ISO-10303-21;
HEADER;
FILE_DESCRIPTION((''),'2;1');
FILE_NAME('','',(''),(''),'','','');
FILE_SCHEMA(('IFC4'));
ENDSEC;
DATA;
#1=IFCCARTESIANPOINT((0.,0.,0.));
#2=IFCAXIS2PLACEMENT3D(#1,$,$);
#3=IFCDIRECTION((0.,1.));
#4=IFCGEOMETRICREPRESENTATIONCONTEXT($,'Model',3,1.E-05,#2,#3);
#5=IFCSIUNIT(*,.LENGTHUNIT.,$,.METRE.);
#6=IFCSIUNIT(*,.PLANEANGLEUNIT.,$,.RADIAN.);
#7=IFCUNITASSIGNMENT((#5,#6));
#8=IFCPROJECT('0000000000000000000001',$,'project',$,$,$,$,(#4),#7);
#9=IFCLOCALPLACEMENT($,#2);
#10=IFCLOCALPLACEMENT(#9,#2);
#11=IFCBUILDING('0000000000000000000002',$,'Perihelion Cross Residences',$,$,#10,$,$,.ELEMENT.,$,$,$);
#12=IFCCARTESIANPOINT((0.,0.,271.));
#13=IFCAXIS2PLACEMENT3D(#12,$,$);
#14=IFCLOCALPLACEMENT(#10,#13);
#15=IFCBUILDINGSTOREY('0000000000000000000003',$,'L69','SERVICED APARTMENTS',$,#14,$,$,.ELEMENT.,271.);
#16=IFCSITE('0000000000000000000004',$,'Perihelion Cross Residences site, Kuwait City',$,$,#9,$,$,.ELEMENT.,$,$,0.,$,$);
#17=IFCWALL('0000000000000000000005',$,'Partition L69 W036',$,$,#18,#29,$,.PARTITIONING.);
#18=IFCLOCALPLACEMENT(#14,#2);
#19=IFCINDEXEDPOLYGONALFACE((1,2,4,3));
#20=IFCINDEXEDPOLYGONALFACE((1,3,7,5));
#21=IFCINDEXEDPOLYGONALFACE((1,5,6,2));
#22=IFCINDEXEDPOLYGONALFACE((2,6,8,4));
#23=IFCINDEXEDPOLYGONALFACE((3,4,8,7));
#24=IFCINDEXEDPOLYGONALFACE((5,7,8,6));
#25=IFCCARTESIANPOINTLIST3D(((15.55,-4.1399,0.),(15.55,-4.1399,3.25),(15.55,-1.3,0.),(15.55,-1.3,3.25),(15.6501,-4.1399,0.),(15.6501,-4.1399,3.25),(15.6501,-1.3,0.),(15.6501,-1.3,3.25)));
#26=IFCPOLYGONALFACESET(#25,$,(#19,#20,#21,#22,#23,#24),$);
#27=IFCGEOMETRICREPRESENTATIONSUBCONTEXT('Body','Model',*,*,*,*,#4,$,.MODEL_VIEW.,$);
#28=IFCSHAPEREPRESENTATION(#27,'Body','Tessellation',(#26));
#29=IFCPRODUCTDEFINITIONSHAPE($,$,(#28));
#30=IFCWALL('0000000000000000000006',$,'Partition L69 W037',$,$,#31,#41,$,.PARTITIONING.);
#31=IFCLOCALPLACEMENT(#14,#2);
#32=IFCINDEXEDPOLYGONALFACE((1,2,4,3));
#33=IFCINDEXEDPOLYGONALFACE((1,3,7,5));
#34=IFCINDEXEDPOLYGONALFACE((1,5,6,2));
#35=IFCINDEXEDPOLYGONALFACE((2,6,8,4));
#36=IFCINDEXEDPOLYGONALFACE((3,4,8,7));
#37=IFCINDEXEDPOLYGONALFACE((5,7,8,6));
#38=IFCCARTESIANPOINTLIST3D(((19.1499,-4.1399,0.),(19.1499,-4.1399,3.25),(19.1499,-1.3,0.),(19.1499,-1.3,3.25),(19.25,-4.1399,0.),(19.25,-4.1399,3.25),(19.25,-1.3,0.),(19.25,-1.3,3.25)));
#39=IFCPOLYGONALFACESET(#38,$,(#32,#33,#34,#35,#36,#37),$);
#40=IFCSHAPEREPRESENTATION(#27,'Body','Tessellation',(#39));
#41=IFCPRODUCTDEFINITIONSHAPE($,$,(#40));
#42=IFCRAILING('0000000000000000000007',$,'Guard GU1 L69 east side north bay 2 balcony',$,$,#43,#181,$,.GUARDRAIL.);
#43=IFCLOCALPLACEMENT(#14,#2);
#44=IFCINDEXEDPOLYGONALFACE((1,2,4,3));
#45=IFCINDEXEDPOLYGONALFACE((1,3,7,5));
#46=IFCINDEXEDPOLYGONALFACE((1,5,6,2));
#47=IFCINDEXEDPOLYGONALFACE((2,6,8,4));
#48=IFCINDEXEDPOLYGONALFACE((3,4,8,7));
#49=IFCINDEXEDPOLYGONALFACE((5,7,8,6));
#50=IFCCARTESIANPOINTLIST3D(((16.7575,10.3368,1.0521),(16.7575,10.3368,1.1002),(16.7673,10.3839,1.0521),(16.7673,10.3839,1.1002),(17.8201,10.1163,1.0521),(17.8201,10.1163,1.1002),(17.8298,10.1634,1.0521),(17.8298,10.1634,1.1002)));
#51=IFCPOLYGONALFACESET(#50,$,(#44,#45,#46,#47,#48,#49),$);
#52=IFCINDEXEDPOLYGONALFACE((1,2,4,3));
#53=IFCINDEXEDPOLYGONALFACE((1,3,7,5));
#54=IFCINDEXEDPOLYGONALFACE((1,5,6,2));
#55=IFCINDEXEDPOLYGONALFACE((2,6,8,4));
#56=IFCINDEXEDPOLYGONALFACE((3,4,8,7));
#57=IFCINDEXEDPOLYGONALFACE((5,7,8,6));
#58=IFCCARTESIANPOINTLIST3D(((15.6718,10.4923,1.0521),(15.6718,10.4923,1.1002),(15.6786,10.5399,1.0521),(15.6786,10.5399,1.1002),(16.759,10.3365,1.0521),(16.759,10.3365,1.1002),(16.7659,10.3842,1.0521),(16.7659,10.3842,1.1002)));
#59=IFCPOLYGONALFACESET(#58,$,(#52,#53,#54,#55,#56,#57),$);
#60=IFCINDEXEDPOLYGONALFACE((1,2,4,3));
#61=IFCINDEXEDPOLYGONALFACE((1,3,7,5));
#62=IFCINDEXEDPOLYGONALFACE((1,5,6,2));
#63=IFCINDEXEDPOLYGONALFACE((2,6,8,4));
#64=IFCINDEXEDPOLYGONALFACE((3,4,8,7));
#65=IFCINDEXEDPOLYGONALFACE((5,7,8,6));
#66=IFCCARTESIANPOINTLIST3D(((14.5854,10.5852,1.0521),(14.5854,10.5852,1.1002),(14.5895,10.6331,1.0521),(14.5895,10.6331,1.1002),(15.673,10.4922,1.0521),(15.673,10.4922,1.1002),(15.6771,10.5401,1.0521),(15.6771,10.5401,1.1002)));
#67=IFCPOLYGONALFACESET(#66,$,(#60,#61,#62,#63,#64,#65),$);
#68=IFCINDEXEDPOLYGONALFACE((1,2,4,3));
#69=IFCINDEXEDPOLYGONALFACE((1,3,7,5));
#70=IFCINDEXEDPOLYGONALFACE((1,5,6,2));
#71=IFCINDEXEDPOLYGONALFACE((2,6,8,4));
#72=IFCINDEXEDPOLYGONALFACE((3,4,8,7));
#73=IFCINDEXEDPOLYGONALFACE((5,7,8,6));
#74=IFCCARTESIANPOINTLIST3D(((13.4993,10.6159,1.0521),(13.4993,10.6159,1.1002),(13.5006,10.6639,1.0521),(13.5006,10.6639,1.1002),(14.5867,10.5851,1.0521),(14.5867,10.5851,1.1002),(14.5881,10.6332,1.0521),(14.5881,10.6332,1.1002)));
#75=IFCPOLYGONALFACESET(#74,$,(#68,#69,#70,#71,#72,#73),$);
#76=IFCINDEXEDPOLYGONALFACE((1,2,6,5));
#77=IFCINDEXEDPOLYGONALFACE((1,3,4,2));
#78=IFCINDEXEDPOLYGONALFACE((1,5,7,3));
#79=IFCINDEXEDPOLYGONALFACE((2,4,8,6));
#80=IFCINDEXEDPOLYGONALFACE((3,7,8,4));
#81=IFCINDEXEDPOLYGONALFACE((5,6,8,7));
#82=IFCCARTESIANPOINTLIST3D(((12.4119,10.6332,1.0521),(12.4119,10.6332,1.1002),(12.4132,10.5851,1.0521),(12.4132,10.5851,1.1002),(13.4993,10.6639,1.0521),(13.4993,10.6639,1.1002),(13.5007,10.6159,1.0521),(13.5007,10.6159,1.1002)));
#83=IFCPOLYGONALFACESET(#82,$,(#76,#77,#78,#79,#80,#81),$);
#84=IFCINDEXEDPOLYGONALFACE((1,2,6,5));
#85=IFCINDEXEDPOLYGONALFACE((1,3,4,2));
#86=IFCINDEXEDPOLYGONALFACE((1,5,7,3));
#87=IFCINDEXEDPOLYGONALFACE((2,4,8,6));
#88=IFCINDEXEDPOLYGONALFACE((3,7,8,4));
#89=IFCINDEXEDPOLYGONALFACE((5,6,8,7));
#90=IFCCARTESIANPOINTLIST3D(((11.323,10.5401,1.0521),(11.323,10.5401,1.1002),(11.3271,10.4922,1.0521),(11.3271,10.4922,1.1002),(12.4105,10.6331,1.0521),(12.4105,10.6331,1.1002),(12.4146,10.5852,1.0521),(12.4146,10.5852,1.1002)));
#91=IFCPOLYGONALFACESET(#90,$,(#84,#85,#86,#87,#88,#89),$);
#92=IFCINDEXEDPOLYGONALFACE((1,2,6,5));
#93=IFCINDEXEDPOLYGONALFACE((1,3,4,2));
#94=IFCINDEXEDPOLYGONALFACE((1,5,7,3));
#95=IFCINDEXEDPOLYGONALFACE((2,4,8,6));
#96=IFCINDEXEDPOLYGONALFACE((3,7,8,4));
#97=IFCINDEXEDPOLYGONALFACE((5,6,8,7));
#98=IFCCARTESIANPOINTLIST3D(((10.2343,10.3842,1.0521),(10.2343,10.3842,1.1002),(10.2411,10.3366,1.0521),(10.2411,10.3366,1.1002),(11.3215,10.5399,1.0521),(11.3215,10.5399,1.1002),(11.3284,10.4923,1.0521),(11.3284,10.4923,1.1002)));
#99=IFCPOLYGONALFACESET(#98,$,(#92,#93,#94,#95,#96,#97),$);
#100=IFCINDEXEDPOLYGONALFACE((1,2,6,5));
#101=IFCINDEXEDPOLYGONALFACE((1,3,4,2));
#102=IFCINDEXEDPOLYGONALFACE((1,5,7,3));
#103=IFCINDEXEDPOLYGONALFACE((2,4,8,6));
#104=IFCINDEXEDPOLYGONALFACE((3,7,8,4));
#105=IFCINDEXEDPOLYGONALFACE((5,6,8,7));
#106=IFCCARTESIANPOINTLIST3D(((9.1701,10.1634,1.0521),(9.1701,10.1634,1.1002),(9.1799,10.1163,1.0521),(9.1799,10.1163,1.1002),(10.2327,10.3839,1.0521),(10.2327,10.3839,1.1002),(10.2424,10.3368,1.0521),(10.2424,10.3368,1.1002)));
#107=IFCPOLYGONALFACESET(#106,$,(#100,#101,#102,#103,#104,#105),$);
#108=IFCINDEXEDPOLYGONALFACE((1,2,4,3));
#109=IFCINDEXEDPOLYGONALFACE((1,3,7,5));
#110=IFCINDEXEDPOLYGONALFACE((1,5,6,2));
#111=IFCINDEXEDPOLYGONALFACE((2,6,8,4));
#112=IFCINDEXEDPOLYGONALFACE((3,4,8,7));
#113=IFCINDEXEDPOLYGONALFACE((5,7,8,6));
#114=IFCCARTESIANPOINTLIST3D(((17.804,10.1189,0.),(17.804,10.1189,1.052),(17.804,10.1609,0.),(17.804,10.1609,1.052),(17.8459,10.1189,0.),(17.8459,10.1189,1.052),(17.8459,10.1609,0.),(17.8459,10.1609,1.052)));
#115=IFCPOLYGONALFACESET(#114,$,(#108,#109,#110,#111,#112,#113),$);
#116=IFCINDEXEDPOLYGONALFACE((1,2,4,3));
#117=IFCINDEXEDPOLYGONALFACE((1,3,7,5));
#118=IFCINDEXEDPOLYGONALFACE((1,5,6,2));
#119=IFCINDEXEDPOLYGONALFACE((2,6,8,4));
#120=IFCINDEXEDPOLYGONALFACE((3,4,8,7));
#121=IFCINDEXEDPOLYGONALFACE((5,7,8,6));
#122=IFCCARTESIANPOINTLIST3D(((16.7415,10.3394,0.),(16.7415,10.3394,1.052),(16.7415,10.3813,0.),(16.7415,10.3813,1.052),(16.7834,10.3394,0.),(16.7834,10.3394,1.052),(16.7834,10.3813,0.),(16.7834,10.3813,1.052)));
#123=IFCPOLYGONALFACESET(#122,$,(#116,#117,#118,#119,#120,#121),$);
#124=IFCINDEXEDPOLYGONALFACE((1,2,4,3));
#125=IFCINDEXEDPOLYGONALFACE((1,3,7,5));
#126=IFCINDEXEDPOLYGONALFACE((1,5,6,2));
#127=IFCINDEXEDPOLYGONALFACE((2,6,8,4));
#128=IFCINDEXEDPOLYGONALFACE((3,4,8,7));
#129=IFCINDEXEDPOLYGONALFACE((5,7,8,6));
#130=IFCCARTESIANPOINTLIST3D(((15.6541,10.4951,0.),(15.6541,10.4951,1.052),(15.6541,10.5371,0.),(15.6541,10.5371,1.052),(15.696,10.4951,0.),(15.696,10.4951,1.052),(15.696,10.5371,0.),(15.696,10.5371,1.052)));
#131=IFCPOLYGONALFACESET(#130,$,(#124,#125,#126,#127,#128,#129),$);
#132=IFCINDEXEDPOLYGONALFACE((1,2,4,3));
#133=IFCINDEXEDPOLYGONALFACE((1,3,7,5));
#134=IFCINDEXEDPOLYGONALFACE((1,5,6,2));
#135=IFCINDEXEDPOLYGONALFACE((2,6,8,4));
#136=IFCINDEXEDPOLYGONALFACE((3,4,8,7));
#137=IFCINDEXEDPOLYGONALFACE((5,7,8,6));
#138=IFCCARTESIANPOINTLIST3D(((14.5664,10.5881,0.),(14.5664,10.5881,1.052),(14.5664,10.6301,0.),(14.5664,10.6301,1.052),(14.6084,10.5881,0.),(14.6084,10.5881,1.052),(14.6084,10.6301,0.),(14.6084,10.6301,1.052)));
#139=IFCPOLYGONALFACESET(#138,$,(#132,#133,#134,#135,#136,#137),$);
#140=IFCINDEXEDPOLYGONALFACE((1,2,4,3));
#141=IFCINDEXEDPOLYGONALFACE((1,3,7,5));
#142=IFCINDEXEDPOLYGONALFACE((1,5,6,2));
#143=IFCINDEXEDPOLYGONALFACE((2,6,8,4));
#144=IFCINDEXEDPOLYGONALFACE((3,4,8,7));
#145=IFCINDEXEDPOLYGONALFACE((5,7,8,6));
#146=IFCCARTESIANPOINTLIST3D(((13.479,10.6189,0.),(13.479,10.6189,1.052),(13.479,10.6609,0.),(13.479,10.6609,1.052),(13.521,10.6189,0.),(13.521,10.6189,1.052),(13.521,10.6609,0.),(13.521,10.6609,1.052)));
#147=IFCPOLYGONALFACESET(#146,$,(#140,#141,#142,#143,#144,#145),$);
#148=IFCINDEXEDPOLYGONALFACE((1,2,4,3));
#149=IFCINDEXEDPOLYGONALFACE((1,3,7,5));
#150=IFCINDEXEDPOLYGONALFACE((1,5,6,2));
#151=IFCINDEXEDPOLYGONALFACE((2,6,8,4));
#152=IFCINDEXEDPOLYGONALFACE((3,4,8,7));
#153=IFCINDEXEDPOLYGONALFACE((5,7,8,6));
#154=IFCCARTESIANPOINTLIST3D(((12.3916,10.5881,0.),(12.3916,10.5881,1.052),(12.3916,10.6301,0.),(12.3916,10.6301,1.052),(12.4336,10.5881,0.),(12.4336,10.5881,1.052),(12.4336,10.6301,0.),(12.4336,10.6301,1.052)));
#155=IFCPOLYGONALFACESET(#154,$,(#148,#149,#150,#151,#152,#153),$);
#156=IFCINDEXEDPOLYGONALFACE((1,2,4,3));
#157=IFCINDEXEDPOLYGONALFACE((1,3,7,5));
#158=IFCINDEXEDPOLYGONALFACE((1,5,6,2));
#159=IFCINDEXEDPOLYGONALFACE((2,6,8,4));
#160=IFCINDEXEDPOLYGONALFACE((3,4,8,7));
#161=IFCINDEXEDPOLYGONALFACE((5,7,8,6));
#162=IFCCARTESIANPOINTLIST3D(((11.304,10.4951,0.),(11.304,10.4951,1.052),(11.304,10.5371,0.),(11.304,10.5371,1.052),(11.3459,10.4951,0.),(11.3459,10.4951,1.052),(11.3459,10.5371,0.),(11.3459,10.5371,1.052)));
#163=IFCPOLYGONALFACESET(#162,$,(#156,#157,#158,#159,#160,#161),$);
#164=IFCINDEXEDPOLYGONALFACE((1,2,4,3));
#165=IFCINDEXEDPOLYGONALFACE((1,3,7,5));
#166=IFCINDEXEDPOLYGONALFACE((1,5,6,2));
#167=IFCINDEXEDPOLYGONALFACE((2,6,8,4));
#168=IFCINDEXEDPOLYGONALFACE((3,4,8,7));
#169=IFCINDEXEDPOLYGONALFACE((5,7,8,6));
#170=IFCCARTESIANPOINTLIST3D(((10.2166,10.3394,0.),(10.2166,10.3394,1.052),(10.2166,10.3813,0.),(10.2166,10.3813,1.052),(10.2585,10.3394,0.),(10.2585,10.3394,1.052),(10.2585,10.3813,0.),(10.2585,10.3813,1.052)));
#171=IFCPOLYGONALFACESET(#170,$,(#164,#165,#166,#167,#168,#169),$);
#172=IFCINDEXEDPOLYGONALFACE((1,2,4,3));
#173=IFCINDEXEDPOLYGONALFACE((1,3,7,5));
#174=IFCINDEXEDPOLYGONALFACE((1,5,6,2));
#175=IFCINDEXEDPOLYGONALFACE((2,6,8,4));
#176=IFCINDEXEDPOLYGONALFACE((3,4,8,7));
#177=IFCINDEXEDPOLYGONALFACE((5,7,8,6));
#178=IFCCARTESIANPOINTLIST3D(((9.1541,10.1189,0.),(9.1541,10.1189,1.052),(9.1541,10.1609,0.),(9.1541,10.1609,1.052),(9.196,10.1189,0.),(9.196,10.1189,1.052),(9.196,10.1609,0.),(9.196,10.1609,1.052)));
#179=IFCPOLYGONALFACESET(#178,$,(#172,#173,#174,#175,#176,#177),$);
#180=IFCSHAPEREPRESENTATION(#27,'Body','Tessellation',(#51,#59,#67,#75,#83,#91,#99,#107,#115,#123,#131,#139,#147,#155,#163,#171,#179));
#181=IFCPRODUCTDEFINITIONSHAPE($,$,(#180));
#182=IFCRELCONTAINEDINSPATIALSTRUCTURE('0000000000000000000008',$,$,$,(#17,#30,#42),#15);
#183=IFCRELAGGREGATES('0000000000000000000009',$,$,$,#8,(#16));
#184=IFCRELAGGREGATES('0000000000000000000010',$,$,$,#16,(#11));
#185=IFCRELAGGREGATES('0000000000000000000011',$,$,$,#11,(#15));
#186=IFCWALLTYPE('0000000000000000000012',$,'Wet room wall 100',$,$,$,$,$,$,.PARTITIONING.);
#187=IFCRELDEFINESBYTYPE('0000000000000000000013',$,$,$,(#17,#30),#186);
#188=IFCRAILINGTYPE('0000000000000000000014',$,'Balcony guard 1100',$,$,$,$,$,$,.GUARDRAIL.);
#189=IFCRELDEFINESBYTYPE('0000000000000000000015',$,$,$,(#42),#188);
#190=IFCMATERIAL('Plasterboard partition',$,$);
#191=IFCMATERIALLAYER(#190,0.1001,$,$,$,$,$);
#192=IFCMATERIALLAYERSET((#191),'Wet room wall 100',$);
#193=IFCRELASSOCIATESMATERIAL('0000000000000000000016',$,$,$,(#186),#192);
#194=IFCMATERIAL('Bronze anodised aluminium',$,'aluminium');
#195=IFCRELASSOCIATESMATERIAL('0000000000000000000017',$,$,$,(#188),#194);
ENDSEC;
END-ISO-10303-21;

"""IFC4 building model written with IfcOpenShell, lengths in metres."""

from ifc_helpers import new_model, si_unit, direction, frame, frame_2d, origin, origin_2d, place, context, subcontext, project, spatial, rectangle, extrude, material, layer, layer_set, type_object, element, save


model = new_model("IFC4")

# Units and contexts
model_context = context("Model", 3, precision=1e-05, world=origin(), true_north=direction((0.0, 1.0)))
body_context = subcontext(model_context, "Body", "Model", "MODEL_VIEW")
ifc_project = project(units=[si_unit("LENGTHUNIT", "METRE"), si_unit("PLANEANGLEUNIT", "RADIAN")], contexts=[model_context])

# Site, building, storey
site_placement = place(None, origin())
site = spatial("IfcSite", under=ifc_project, at=site_placement, Name="Perihelion Cross Residences site, Kuwait City", CompositionType="ELEMENT", RefElevation=0.0)
building_placement = place(site_placement, origin())
building = spatial("IfcBuilding", under=site, at=building_placement, Name="Perihelion Cross Residences", CompositionType="ELEMENT")
storey_placement = place(building_placement, frame((0.0, 0.0, 271.0)))
storey = spatial("IfcBuildingStorey", under=building, at=storey_placement, Name="L69", Description="SERVICED APARTMENTS", CompositionType="ELEMENT", Elevation=271.0)

# Shared definitions
ifc_material_1 = material(Name="Plasterboard partition")
ifc_layer_1 = layer(ifc_material_1, 0.1001)
ifc_layer_set_1 = layer_set([ifc_layer_1], Name="Wet room wall 100")
wall_type_1 = type_object("IfcWallType", Name="Wet room wall 100", PredefinedType="PARTITIONING", material=ifc_layer_set_1)

# Walls
for number, where, z_axis, x_axis, name in (
    (1, (15.6001, -1.3, 0.0), (0.0, 0.0, 1.0), (0.0, -1.0, 0.0), "Partition L69 W036"),
    (2, (19.2, -1.3, 0.0), (0.0, 0.0, 1.0), (0.0, -1.0, 0.0), "Partition L69 W037"),
):
    element("IfcWall", number, at=place(storey_placement, frame(where, z_axis=z_axis, x_axis=x_axis)), inside=storey, type_object=wall_type_1, Name=name, PredefinedType="PARTITIONING", context=body_context, shape_type="SweptSolid", body=[
        extrude(rectangle(XDim=2.8398, YDim=0.1001, at=frame_2d((1.4199, 0.0))), origin(), (0.0, 0.0, 1.0), 3.25),
    ])

# Railing
ifc_material_2 = material(Name="Bronze anodised aluminium", Category="aluminium")
railing_type = type_object("IfcRailingType", Name="Balcony guard 1100", PredefinedType="GUARDRAIL", material=ifc_material_2)
railing_1_placement = place(storey_placement, frame((17.825, 10.1399, 0.0)))
element("IfcRailing", 3, at=railing_1_placement, inside=storey, type_object=railing_type, Name="Guard GU1 L69 east side north bay 2 balcony", PredefinedType="GUARDRAIL", context=body_context, shape_type="SweptSolid", body=[
    extrude(rectangle(XDim=0.0481, YDim=0.0481, at=origin_2d()), frame((0.0, 0.0, 1.0762), z_axis=(-0.979145, 0.203164, 0.0), x_axis=(-0.203164, -0.979145, 0.0)), (0.0, 0.0, 1.0), 1.0852),
    extrude(rectangle(XDim=0.0481, YDim=0.0481, at=origin_2d()), frame((-1.0625, 0.2205, 1.0762), z_axis=(-0.989896, 0.141795, 0.0), x_axis=(-0.141795, -0.989896, 0.0)), (0.0, 0.0, 1.0), 1.0984),
    extrude(rectangle(XDim=0.0481, YDim=0.0481, at=origin_2d()), frame((-2.1499, 0.3762, 1.0762), z_axis=(-0.996363, 0.085211, 0.0), x_axis=(-0.085211, -0.996363, 0.0)), (0.0, 0.0, 1.0), 1.0916),
    extrude(rectangle(XDim=0.0481, YDim=0.0481, at=origin_2d()), frame((-3.2375, 0.4692, 1.0762), z_axis=(-0.9996, 0.028278, 0.0), x_axis=(-0.028278, -0.9996, 0.0)), (0.0, 0.0, 1.0), 1.0879),
    extrude(rectangle(XDim=0.0481, YDim=0.0481, at=origin_2d()), frame((-4.325, 0.5, 1.0762), z_axis=(-0.9996, -0.028278, 0.0), x_axis=(0.028278, -0.9996, 0.0)), (0.0, 0.0, 1.0), 1.0879),
    extrude(rectangle(XDim=0.0481, YDim=0.0481, at=origin_2d()), frame((-5.4124, 0.4692, 1.0762), z_axis=(-0.996363, -0.085211, 0.0), x_axis=(0.085211, -0.996363, 0.0)), (0.0, 0.0, 1.0), 1.0916),
    extrude(rectangle(XDim=0.0481, YDim=0.0481, at=origin_2d()), frame((-6.5, 0.3762, 1.0762), z_axis=(-0.989896, -0.141795, 0.0), x_axis=(0.141795, -0.989896, 0.0)), (0.0, 0.0, 1.0), 1.0984),
    extrude(rectangle(XDim=0.0481, YDim=0.0481, at=origin_2d()), frame((-7.5874, 0.2205, 1.0762), z_axis=(-0.979145, -0.203164, 0.0), x_axis=(0.203164, -0.979145, 0.0)), (0.0, 0.0, 1.0), 1.0852),
    extrude(rectangle(XDim=0.042, YDim=0.042, at=origin_2d()), origin(), (0.0, 0.0, 1.0), 1.052),
    extrude(rectangle(XDim=0.042, YDim=0.042, at=origin_2d()), frame((-1.0625, 0.2205, 0.0)), (0.0, 0.0, 1.0), 1.052),
    extrude(rectangle(XDim=0.042, YDim=0.042, at=origin_2d()), frame((-2.1499, 0.3762, 0.0)), (0.0, 0.0, 1.0), 1.052),
    extrude(rectangle(XDim=0.042, YDim=0.042, at=origin_2d()), frame((-3.2375, 0.4692, 0.0)), (0.0, 0.0, 1.0), 1.052),
    extrude(rectangle(XDim=0.042, YDim=0.042, at=origin_2d()), frame((-4.325, 0.5, 0.0)), (0.0, 0.0, 1.0), 1.052),
    extrude(rectangle(XDim=0.042, YDim=0.042, at=origin_2d()), frame((-5.4124, 0.4692, 0.0)), (0.0, 0.0, 1.0), 1.052),
    extrude(rectangle(XDim=0.042, YDim=0.042, at=origin_2d()), frame((-6.5, 0.3762, 0.0)), (0.0, 0.0, 1.0), 1.052),
    extrude(rectangle(XDim=0.042, YDim=0.042, at=origin_2d()), frame((-7.5874, 0.2205, 0.0)), (0.0, 0.0, 1.0), 1.052),
    extrude(rectangle(XDim=0.042, YDim=0.042, at=origin_2d()), frame((-8.6499, 0.0, 0.0)), (0.0, 0.0, 1.0), 1.052),
])

save(model, "model.ifc")
